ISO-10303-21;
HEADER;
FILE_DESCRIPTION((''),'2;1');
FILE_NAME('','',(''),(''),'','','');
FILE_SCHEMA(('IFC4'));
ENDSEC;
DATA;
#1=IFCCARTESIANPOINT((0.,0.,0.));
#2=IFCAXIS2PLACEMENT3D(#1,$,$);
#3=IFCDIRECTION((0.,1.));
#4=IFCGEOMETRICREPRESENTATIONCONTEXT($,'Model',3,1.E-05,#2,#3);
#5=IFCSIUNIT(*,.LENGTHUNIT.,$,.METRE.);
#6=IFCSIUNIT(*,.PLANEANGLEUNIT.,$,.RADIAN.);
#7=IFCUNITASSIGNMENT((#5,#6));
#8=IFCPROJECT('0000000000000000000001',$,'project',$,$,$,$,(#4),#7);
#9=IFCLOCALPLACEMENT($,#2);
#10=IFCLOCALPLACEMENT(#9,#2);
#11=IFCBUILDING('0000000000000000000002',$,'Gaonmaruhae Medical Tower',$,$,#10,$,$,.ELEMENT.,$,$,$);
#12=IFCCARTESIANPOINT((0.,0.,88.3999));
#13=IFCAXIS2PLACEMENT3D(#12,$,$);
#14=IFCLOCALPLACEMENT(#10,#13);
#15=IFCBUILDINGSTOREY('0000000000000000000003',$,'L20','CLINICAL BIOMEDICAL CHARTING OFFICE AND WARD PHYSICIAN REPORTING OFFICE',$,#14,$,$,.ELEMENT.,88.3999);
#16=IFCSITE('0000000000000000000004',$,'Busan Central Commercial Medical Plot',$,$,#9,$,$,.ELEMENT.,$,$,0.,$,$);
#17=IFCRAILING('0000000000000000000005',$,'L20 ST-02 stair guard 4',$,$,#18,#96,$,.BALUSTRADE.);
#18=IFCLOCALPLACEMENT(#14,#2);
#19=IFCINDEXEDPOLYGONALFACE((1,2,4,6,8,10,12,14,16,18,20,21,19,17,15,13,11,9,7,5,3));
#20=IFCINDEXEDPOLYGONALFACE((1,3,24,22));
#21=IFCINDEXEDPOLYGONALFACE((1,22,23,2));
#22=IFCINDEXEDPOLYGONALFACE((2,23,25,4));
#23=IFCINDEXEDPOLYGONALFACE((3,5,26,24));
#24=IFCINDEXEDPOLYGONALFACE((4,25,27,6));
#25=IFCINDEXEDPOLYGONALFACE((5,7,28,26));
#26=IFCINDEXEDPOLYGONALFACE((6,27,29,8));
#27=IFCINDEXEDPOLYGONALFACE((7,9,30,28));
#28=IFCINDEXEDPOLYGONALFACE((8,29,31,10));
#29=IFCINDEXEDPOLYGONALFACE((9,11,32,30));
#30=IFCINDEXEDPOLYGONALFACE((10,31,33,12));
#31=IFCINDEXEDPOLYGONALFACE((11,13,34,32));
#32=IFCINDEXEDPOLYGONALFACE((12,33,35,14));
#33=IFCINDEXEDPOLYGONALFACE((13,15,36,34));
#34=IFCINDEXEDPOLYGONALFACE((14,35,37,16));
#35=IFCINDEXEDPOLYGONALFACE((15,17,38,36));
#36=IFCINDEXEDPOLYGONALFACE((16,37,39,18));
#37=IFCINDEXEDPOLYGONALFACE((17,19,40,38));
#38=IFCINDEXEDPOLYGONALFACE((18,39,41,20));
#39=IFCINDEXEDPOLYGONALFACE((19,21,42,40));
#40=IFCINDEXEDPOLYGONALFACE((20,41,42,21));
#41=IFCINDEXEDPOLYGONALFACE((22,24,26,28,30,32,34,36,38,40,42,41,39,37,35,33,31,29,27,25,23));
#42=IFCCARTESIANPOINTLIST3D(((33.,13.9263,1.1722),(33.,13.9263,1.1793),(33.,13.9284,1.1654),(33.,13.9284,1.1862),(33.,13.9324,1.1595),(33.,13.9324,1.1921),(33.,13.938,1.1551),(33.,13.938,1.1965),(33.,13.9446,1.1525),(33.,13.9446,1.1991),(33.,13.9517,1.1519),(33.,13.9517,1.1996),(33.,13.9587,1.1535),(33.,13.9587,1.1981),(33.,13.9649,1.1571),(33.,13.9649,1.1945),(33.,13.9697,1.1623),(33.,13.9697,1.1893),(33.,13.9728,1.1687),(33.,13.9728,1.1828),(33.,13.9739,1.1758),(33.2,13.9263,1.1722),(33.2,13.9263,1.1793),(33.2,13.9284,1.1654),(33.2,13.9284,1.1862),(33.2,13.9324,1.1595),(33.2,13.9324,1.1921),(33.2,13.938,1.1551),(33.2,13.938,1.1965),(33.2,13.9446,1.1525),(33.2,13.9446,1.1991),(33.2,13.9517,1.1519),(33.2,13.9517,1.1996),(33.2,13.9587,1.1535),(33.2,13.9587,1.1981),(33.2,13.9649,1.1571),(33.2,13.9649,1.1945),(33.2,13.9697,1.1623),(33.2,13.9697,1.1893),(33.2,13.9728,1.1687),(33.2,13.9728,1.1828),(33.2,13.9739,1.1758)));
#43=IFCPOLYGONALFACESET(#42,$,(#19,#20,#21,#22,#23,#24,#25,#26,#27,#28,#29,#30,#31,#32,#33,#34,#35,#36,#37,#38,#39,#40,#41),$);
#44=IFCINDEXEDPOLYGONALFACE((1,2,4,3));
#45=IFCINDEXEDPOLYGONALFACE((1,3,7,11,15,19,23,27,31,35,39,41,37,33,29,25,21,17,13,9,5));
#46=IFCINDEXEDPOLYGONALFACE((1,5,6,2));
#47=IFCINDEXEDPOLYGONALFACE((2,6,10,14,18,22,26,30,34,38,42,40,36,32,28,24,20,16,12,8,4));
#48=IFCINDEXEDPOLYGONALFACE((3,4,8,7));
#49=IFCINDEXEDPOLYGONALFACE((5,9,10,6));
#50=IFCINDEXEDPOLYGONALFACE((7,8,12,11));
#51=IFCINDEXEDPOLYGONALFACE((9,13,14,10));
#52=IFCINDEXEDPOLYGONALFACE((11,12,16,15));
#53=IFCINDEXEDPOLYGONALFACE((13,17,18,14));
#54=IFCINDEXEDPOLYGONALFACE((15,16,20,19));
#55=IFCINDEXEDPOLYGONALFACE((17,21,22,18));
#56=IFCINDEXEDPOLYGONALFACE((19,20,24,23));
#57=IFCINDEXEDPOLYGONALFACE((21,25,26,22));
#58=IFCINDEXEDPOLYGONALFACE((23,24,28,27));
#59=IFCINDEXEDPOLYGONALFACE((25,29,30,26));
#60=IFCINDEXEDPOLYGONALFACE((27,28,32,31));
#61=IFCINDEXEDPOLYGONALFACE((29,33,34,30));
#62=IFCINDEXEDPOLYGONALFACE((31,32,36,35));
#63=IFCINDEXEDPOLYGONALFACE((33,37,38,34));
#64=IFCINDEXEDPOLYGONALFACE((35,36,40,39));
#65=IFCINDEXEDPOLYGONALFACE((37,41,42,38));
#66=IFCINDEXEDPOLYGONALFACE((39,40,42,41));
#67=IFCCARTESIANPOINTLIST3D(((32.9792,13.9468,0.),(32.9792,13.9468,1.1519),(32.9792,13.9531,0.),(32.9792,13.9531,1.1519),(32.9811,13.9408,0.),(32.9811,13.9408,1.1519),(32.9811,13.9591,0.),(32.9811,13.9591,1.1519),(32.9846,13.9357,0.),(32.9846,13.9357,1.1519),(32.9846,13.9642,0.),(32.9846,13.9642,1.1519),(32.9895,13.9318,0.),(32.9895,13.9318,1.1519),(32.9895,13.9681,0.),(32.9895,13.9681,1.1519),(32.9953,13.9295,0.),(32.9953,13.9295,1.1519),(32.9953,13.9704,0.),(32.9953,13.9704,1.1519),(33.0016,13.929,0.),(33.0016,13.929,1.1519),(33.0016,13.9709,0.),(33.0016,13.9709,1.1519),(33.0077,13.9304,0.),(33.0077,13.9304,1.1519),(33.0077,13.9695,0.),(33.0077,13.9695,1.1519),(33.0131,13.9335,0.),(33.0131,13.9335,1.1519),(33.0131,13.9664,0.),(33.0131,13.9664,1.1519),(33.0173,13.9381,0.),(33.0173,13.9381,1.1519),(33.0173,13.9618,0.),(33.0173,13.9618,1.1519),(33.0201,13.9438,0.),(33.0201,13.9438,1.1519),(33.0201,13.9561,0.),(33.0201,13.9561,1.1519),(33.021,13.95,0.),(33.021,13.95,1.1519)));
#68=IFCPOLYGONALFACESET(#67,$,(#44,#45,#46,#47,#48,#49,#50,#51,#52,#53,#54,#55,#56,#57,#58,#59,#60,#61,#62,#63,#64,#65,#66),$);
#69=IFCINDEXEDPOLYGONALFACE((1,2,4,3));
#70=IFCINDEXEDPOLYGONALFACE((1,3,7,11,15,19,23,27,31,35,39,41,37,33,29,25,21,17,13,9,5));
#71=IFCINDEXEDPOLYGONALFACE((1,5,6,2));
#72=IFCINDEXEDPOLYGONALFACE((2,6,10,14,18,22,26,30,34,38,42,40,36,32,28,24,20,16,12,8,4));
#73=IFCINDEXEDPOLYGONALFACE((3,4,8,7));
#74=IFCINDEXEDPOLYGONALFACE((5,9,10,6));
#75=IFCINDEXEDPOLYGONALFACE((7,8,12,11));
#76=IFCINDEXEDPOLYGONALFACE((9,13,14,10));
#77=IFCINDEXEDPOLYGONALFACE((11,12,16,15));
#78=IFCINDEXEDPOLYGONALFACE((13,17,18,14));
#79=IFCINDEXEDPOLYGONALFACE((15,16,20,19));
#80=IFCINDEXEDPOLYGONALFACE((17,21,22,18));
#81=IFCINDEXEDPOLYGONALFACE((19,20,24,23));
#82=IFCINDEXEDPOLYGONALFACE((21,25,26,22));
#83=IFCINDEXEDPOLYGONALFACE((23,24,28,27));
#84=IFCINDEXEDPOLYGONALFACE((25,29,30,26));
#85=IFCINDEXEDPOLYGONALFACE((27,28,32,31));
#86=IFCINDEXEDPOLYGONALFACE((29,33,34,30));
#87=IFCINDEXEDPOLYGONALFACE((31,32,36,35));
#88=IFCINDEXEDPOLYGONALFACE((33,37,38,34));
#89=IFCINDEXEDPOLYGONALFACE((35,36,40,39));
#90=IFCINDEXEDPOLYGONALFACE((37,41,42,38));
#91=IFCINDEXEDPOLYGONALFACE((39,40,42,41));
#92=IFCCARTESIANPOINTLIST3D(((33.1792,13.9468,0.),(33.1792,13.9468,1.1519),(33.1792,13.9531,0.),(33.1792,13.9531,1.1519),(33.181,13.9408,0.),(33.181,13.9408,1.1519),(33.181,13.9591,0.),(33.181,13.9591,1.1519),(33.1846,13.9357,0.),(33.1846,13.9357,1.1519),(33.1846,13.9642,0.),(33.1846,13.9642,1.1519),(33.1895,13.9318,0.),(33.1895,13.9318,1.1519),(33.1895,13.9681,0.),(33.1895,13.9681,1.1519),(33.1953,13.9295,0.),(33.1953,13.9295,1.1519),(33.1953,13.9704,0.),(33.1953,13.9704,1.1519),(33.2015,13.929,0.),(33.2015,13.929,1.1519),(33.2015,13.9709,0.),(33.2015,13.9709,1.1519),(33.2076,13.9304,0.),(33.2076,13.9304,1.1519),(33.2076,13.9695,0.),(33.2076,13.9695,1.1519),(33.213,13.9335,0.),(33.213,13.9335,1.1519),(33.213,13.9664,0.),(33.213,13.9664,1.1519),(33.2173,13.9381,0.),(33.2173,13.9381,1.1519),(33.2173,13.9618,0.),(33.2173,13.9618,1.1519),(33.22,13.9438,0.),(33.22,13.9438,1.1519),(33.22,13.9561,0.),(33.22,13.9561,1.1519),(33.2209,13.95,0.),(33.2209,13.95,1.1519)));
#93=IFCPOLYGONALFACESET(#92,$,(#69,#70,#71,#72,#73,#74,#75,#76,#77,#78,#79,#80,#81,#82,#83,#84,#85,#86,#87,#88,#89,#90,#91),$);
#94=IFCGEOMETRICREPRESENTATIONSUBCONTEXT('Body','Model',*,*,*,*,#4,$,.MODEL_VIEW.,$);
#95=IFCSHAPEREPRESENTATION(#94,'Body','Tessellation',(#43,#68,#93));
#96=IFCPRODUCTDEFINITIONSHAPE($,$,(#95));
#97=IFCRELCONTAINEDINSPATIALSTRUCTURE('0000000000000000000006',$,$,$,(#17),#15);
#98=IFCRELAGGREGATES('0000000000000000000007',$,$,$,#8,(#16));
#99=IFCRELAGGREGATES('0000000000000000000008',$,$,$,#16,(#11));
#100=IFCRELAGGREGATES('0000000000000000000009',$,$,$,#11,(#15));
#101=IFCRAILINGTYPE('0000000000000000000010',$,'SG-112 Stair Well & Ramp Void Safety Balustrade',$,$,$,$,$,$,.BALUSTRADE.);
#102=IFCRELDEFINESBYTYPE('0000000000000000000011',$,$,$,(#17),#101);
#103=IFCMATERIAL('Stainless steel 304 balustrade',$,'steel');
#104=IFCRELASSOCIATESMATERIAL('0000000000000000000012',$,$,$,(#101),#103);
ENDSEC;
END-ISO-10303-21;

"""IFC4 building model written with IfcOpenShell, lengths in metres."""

from ifc_helpers import new_model, si_unit, direction, frame, origin, origin_2d, place, context, subcontext, project, spatial, circle, extrude, material, type_object, element, save


model = new_model("IFC4")

# Units and contexts
model_context = context("Model", 3, precision=1e-05, world=origin(), true_north=direction((0.0, 1.0)))
body_context = subcontext(model_context, "Body", "Model", "MODEL_VIEW")
ifc_project = project(units=[si_unit("LENGTHUNIT", "METRE"), si_unit("PLANEANGLEUNIT", "RADIAN")], contexts=[model_context])

# Site, building, storey
site_placement = place(None, origin())
site = spatial("IfcSite", under=ifc_project, at=site_placement, Name="Busan Central Commercial Medical Plot", CompositionType="ELEMENT", RefElevation=0.0)
building_placement = place(site_placement, origin())
building = spatial("IfcBuilding", under=site, at=building_placement, Name="Gaonmaruhae Medical Tower", CompositionType="ELEMENT")
storey_placement = place(building_placement, frame((0.0, 0.0, 88.3999)))
storey = spatial("IfcBuildingStorey", under=building, at=storey_placement, Name="L20", Description="CLINICAL BIOMEDICAL CHARTING OFFICE AND WARD PHYSICIAN REPORTING OFFICE", CompositionType="ELEMENT", Elevation=88.3999)

# Railing
ifc_material_1 = material(Name="Stainless steel 304 balustrade", Category="steel")
railing_type_1 = type_object("IfcRailingType", Name="SG-112 Stair Well & Ramp Void Safety Balustrade", PredefinedType="BALUSTRADE", material=ifc_material_1)
railing_1_placement = place(storey_placement, frame((33.0, 13.95, 0.0)))
element("IfcRailing", 1, at=railing_1_placement, inside=storey, type_object=railing_type_1, Name="L20 ST-02 stair guard 4", PredefinedType="BALUSTRADE", context=body_context, shape_type="SweptSolid", body=[
    extrude(circle(Radius=0.0239, at=origin_2d()), frame((0.0, 0.0, 1.1758), z_axis=(1.0, 0.0, 0.0), x_axis=(0.0, 1.0, 0.0)), (0.0, 0.0, 1.0), 0.2),
    extrude(circle(Radius=0.021, at=origin_2d()), origin(), (0.0, 0.0, 1.0), 1.1519),
    extrude(circle(Radius=0.021, at=origin_2d()), frame((0.2, 0.0, 0.0)), (0.0, 0.0, 1.0), 1.1519),
])

save(model, "model.ifc")
